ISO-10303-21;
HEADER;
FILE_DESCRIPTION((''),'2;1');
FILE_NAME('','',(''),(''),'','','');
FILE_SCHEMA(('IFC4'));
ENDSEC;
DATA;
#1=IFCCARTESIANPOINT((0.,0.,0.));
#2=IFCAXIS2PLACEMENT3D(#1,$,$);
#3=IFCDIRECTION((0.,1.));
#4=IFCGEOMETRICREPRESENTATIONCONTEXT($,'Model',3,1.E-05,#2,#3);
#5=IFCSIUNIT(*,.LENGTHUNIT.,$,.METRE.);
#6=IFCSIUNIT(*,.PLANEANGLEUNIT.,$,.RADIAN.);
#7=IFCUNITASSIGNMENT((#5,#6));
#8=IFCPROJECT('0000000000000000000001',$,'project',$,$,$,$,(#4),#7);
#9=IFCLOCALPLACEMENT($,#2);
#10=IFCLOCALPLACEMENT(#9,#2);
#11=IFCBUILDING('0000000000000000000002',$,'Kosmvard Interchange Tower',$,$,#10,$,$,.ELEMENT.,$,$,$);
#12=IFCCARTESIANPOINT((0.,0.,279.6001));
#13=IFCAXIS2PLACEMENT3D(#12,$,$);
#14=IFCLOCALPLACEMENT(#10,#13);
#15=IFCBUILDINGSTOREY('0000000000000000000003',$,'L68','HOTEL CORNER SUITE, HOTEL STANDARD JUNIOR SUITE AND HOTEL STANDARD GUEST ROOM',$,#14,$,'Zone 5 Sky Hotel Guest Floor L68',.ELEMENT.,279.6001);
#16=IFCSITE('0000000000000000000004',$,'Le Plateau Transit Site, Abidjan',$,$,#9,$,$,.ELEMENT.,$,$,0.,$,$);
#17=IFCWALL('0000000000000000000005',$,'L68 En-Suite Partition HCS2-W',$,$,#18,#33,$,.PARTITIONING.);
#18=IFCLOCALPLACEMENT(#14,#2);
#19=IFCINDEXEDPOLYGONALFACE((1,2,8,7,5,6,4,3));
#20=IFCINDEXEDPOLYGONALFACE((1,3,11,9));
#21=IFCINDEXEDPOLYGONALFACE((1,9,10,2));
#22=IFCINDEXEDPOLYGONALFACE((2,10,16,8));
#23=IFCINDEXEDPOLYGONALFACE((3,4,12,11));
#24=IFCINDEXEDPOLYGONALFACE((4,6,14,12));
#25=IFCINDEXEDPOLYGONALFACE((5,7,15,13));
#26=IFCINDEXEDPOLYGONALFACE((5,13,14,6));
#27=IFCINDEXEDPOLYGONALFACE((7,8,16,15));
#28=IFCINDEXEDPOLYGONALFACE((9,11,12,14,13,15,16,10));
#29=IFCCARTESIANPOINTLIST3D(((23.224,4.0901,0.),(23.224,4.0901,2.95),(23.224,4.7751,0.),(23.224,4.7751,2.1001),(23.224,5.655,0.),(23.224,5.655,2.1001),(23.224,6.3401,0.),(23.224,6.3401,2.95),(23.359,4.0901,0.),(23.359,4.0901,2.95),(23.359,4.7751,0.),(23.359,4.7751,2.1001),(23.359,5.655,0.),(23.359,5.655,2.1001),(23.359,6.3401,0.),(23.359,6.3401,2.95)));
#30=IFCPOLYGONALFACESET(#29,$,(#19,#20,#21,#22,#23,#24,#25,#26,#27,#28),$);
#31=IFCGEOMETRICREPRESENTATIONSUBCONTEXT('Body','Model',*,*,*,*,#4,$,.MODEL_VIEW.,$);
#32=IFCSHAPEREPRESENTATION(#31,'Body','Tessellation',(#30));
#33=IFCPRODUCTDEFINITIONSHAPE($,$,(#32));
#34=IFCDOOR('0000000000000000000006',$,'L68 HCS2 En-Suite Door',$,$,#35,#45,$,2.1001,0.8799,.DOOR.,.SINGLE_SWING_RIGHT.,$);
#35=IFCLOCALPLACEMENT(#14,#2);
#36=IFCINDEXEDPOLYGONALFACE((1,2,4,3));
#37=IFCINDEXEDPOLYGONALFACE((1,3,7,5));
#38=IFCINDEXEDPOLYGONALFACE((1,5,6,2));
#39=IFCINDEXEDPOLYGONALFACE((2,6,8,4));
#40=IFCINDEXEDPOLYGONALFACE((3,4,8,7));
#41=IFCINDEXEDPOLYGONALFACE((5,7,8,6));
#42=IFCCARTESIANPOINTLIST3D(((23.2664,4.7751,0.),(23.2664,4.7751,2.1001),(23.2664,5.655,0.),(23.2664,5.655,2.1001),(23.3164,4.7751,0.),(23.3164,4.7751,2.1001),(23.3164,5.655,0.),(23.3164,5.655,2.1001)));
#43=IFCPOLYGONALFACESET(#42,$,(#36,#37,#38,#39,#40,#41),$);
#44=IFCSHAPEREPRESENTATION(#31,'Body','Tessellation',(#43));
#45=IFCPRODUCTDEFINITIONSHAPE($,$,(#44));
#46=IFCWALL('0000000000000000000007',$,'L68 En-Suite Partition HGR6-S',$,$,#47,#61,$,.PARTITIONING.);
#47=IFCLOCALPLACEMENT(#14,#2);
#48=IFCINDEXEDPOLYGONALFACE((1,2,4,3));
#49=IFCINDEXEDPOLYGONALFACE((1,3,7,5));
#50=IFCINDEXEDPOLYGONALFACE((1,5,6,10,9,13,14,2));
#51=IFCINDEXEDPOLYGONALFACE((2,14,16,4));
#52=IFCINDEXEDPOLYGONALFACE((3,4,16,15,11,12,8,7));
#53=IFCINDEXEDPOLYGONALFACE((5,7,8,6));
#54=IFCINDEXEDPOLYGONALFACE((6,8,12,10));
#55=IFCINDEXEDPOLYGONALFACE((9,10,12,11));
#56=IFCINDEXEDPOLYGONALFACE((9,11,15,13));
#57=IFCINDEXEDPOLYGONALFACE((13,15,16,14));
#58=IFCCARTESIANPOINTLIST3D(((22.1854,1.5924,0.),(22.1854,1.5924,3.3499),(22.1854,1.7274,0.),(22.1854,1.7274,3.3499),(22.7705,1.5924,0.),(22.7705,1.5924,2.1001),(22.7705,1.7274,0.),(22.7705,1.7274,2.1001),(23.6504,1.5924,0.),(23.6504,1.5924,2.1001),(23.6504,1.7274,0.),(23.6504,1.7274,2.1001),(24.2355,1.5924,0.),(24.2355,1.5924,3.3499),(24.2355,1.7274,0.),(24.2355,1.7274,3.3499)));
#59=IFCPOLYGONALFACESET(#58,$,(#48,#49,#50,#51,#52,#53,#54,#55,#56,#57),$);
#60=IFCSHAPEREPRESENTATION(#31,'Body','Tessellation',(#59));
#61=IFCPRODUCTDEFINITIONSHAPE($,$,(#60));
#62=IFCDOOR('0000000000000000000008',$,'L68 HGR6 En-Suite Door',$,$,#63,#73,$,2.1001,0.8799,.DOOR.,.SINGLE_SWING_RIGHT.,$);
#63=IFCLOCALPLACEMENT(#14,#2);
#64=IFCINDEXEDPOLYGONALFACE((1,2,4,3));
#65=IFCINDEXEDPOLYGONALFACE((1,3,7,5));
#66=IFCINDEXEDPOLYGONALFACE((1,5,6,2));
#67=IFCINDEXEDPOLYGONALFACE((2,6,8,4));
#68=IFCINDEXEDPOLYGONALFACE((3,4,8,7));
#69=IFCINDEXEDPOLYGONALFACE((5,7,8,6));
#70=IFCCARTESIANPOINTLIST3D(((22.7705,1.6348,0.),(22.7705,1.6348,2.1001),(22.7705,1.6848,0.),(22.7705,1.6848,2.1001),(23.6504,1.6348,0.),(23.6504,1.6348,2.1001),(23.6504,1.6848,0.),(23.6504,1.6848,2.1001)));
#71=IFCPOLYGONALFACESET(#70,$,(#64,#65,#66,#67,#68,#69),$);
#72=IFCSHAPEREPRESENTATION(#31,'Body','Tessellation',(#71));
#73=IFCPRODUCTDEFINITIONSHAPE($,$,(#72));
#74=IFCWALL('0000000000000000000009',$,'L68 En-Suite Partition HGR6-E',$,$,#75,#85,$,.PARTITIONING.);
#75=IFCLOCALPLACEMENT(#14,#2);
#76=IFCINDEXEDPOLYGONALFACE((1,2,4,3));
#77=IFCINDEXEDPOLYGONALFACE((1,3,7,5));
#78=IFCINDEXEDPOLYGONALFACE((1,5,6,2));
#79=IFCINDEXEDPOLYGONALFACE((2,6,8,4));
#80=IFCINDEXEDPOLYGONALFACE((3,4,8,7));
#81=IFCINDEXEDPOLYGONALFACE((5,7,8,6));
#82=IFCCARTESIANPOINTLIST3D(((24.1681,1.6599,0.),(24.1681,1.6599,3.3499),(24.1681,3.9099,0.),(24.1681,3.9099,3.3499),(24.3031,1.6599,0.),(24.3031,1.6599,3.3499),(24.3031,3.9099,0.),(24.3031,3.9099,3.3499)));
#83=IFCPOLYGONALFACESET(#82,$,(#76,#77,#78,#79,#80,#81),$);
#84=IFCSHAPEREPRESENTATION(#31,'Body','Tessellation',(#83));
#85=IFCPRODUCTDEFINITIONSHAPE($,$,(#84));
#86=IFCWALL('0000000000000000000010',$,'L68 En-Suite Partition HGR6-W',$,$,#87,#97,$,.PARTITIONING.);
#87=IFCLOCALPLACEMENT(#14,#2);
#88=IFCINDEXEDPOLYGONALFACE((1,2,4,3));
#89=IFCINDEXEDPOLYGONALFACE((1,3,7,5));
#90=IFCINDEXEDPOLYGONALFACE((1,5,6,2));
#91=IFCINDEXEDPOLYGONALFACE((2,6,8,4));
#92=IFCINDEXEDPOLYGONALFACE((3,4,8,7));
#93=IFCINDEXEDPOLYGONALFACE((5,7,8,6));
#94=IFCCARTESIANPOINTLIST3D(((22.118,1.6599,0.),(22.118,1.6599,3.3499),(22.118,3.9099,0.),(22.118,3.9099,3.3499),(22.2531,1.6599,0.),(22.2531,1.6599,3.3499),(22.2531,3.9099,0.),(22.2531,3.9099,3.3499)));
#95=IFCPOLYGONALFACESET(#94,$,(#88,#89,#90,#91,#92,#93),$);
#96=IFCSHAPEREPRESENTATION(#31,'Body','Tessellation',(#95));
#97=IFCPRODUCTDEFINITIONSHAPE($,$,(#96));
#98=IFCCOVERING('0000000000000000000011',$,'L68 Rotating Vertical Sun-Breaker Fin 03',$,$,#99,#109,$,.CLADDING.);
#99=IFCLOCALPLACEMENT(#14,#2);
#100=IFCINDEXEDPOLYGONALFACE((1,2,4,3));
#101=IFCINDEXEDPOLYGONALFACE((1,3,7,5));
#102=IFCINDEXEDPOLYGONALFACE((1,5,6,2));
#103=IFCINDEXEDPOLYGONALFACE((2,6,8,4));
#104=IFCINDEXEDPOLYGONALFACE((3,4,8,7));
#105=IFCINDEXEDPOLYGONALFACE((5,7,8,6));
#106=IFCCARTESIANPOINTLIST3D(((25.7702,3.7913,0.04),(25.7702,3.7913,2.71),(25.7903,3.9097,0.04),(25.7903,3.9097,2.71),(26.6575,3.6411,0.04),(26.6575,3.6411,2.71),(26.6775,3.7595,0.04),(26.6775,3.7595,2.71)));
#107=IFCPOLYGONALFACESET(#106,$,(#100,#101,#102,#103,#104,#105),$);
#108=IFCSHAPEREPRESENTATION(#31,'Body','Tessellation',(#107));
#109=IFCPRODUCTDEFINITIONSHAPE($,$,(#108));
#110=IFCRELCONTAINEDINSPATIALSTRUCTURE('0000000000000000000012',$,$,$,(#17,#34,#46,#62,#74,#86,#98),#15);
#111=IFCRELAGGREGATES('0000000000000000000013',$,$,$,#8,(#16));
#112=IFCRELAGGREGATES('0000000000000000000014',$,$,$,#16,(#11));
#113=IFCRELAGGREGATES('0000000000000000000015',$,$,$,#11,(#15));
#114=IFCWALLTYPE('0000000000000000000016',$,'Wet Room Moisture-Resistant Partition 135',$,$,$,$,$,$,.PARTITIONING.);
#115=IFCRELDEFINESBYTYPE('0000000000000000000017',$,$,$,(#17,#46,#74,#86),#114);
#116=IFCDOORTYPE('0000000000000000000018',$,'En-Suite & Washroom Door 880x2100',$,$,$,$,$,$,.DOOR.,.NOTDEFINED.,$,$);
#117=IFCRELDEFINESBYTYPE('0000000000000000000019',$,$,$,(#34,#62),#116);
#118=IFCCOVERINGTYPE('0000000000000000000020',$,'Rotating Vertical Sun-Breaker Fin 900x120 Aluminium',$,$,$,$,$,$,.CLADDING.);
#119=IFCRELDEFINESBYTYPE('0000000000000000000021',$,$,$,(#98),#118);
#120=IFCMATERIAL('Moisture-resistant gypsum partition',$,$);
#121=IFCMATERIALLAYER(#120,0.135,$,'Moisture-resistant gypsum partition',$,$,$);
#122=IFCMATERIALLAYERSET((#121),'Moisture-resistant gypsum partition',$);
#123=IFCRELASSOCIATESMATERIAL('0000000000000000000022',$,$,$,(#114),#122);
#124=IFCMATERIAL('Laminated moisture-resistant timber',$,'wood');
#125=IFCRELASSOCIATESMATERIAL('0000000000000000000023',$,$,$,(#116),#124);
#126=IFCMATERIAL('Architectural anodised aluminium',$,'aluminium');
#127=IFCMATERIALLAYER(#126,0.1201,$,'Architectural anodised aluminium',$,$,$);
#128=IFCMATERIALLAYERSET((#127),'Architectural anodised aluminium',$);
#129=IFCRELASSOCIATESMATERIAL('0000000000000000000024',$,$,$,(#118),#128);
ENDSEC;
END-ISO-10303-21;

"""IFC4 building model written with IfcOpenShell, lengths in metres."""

from ifc_helpers import new_model, si_unit, direction, frame, frame_2d, origin, origin_2d, place, context, subcontext, project, spatial, rectangle, extrude, source, transform, mapped, material, layer, layer_set, type_object, element, fill, save


model = new_model("IFC4")

# Units and contexts
model_context = context("Model", 3, precision=1e-05, world=origin(), true_north=direction((0.0, 1.0)))
body_context = subcontext(model_context, "Body", "Model", "MODEL_VIEW")
ifc_project = project(units=[si_unit("LENGTHUNIT", "METRE"), si_unit("PLANEANGLEUNIT", "RADIAN")], contexts=[model_context])

# Site, building, storey
site_placement = place(None, origin())
site = spatial("IfcSite", under=ifc_project, at=site_placement, Name="Le Plateau Transit Site, Abidjan", CompositionType="ELEMENT", RefElevation=0.0)
building_placement = place(site_placement, origin())
building = spatial("IfcBuilding", under=site, at=building_placement, Name="Kosmvard Interchange Tower", CompositionType="ELEMENT")
storey_placement = place(building_placement, frame((0.0, 0.0, 279.6001)))
storey = spatial("IfcBuildingStorey", under=building, at=storey_placement, Name="L68", Description="HOTEL CORNER SUITE, HOTEL STANDARD JUNIOR SUITE AND HOTEL STANDARD GUEST ROOM", LongName="Zone 5 Sky Hotel Guest Floor L68", CompositionType="ELEMENT", Elevation=279.6001)

# Shared definitions
ifc_material_1 = material(Name="Moisture-resistant gypsum partition")
ifc_layer_1 = layer(ifc_material_1, 0.135, Name="Moisture-resistant gypsum partition")
ifc_layer_set_1 = layer_set([ifc_layer_1], Name="Moisture-resistant gypsum partition")
wall_type_1 = type_object("IfcWallType", Name="Wet Room Moisture-Resistant Partition 135", PredefinedType="PARTITIONING", material=ifc_layer_set_1)

# Walls, openings, doors
wall_1_placement = place(storey_placement, frame((23.2915, 4.0901, 0.0), z_axis=(0.0, 0.0, 1.0), x_axis=(0.0, 1.0, 0.0)))
wall_1 = element("IfcWall", 1, at=wall_1_placement, inside=storey, type_object=wall_type_1, Name="L68 En-Suite Partition HCS2-W", PredefinedType="PARTITIONING", context=body_context, shape_type="SweptSolid", body=[
    extrude(rectangle(XDim=2.25, YDim=0.135, at=frame_2d((1.125, 0.0))), origin(), (0.0, 0.0, 1.0), 2.95),
])
opening_1_placement = place(wall_1_placement, frame((0.6851, 0.0, 0.0)))
opening_1 = element("IfcOpeningElement", 2, at=opening_1_placement, cuts=wall_1, PredefinedType="OPENING", context=body_context, shape_type="SweptSolid", body=[
    extrude(rectangle(XDim=0.8799, YDim=2.1001, at=frame_2d((0.4399, 1.05))), frame((0.0, 0.0776, 0.0), z_axis=(0.0, -1.0, 0.0), x_axis=(1.0, 0.0, 0.0)), (0.0, 0.0, 1.0), 0.155),
])
ifc_material_2 = material(Name="Laminated moisture-resistant timber", Category="wood")
door_type = type_object("IfcDoorType", Name="En-Suite & Washroom Door 880x2100", OperationType="NOTDEFINED", PredefinedType="DOOR", material=ifc_material_2)
shared_shape_1 = source(origin(), body_context, "Body", "SweptSolid", [
    extrude(rectangle(XDim=0.8799, YDim=2.1001, at=frame_2d((0.4399, 1.05))), frame((0.0, 0.0249, 0.0), z_axis=(0.0, -1.0, 0.0), x_axis=(1.0, 0.0, 0.0)), (0.0, 0.0, 1.0), 0.05),
])
door_1_placement = place(opening_1_placement, frame((0.8799, 0.0, 0.0), z_axis=(0.0, 0.0, 1.0), x_axis=(-1.0, 0.0, 0.0)))
door_1 = element("IfcDoor", 3, at=door_1_placement, inside=storey, type_object=door_type, Name="L68 HCS2 En-Suite Door", OperationType="SINGLE_SWING_RIGHT", OverallHeight=2.1001, OverallWidth=0.8799, PredefinedType="DOOR", context=body_context, shape_type="MappedRepresentation", body=[
    mapped(shared_shape_1, transform((0.0, 0.0, 0.0), scale=1.0)),
])
fill(opening_1, door_1)
wall_2_placement = place(storey_placement, frame((22.1855, 1.6599, 0.0), z_axis=(0.0, 0.0, 1.0), x_axis=(1.0, 0.0, 0.0)))
wall_2 = element("IfcWall", 4, at=wall_2_placement, inside=storey, type_object=wall_type_1, Name="L68 En-Suite Partition HGR6-S", PredefinedType="PARTITIONING", context=body_context, shape_type="SweptSolid", body=[
    extrude(rectangle(XDim=2.05, YDim=0.135, at=frame_2d((1.0249, 0.0))), origin(), (0.0, 0.0, 1.0), 3.3499),
])
opening_2_placement = place(wall_2_placement, frame((0.585, 0.0, 0.0)))
opening_2 = element("IfcOpeningElement", 5, at=opening_2_placement, cuts=wall_2, PredefinedType="OPENING", context=body_context, shape_type="SweptSolid", body=[
    extrude(rectangle(XDim=0.8799, YDim=2.1001, at=frame_2d((0.4399, 1.05))), frame((0.0, 0.0776, 0.0), z_axis=(0.0, -1.0, 0.0), x_axis=(1.0, 0.0, 0.0)), (0.0, 0.0, 1.0), 0.155),
])
door_2_placement = place(opening_2_placement, origin())
door_2 = element("IfcDoor", 6, at=door_2_placement, inside=storey, type_object=door_type, Name="L68 HGR6 En-Suite Door", OperationType="SINGLE_SWING_RIGHT", OverallHeight=2.1001, OverallWidth=0.8799, PredefinedType="DOOR", context=body_context, shape_type="MappedRepresentation", body=[
    mapped(shared_shape_1, transform((0.0, 0.0, 0.0), scale=1.0)),
])
fill(opening_2, door_2)

# Walls
for number, where, z_axis, x_axis, name in (
    (7, (24.2356, 1.6599, 0.0), (0.0, 0.0, 1.0), (0.0, 1.0, 0.0), "L68 En-Suite Partition HGR6-E"),
    (8, (22.1855, 1.6599, 0.0), (0.0, 0.0, 1.0), (0.0, 1.0, 0.0), "L68 En-Suite Partition HGR6-W"),
):
    element("IfcWall", number, at=place(storey_placement, frame(where, z_axis=z_axis, x_axis=x_axis)), inside=storey, type_object=wall_type_1, Name=name, PredefinedType="PARTITIONING", context=body_context, shape_type="SweptSolid", body=[
        extrude(rectangle(XDim=2.25, YDim=0.135, at=frame_2d((1.125, 0.0))), origin(), (0.0, 0.0, 1.0), 3.3499),
    ])

# Covering
ifc_material_3 = material(Name="Architectural anodised aluminium", Category="aluminium")
ifc_layer_2 = layer(ifc_material_3, 0.1201, Name="Architectural anodised aluminium")
ifc_layer_set_2 = layer_set([ifc_layer_2], Name="Architectural anodised aluminium")
covering_type = type_object("IfcCoveringType", Name="Rotating Vertical Sun-Breaker Fin 900x120 Aluminium", PredefinedType="CLADDING", material=ifc_layer_set_2)
shared_shape_2 = source(origin(), body_context, "Body", "SweptSolid", [
    extrude(rectangle(XDim=0.8999, YDim=0.1201, at=origin_2d()), origin(), (0.0, 0.0, 1.0), 2.6699),
])
covering_placement = place(storey_placement, frame((26.2239, 3.7754, 0.04), z_axis=(0.0, 0.0, 1.0), x_axis=(0.985967, -0.166941, 0.0)))
element("IfcCovering", 9, at=covering_placement, inside=storey, type_object=covering_type, Name="L68 Rotating Vertical Sun-Breaker Fin 03", PredefinedType="CLADDING", context=body_context, shape_type="MappedRepresentation", body=[
    mapped(shared_shape_2, transform((0.0, 0.0, 0.0), scale=1.0)),
])

save(model, "model.ifc")
